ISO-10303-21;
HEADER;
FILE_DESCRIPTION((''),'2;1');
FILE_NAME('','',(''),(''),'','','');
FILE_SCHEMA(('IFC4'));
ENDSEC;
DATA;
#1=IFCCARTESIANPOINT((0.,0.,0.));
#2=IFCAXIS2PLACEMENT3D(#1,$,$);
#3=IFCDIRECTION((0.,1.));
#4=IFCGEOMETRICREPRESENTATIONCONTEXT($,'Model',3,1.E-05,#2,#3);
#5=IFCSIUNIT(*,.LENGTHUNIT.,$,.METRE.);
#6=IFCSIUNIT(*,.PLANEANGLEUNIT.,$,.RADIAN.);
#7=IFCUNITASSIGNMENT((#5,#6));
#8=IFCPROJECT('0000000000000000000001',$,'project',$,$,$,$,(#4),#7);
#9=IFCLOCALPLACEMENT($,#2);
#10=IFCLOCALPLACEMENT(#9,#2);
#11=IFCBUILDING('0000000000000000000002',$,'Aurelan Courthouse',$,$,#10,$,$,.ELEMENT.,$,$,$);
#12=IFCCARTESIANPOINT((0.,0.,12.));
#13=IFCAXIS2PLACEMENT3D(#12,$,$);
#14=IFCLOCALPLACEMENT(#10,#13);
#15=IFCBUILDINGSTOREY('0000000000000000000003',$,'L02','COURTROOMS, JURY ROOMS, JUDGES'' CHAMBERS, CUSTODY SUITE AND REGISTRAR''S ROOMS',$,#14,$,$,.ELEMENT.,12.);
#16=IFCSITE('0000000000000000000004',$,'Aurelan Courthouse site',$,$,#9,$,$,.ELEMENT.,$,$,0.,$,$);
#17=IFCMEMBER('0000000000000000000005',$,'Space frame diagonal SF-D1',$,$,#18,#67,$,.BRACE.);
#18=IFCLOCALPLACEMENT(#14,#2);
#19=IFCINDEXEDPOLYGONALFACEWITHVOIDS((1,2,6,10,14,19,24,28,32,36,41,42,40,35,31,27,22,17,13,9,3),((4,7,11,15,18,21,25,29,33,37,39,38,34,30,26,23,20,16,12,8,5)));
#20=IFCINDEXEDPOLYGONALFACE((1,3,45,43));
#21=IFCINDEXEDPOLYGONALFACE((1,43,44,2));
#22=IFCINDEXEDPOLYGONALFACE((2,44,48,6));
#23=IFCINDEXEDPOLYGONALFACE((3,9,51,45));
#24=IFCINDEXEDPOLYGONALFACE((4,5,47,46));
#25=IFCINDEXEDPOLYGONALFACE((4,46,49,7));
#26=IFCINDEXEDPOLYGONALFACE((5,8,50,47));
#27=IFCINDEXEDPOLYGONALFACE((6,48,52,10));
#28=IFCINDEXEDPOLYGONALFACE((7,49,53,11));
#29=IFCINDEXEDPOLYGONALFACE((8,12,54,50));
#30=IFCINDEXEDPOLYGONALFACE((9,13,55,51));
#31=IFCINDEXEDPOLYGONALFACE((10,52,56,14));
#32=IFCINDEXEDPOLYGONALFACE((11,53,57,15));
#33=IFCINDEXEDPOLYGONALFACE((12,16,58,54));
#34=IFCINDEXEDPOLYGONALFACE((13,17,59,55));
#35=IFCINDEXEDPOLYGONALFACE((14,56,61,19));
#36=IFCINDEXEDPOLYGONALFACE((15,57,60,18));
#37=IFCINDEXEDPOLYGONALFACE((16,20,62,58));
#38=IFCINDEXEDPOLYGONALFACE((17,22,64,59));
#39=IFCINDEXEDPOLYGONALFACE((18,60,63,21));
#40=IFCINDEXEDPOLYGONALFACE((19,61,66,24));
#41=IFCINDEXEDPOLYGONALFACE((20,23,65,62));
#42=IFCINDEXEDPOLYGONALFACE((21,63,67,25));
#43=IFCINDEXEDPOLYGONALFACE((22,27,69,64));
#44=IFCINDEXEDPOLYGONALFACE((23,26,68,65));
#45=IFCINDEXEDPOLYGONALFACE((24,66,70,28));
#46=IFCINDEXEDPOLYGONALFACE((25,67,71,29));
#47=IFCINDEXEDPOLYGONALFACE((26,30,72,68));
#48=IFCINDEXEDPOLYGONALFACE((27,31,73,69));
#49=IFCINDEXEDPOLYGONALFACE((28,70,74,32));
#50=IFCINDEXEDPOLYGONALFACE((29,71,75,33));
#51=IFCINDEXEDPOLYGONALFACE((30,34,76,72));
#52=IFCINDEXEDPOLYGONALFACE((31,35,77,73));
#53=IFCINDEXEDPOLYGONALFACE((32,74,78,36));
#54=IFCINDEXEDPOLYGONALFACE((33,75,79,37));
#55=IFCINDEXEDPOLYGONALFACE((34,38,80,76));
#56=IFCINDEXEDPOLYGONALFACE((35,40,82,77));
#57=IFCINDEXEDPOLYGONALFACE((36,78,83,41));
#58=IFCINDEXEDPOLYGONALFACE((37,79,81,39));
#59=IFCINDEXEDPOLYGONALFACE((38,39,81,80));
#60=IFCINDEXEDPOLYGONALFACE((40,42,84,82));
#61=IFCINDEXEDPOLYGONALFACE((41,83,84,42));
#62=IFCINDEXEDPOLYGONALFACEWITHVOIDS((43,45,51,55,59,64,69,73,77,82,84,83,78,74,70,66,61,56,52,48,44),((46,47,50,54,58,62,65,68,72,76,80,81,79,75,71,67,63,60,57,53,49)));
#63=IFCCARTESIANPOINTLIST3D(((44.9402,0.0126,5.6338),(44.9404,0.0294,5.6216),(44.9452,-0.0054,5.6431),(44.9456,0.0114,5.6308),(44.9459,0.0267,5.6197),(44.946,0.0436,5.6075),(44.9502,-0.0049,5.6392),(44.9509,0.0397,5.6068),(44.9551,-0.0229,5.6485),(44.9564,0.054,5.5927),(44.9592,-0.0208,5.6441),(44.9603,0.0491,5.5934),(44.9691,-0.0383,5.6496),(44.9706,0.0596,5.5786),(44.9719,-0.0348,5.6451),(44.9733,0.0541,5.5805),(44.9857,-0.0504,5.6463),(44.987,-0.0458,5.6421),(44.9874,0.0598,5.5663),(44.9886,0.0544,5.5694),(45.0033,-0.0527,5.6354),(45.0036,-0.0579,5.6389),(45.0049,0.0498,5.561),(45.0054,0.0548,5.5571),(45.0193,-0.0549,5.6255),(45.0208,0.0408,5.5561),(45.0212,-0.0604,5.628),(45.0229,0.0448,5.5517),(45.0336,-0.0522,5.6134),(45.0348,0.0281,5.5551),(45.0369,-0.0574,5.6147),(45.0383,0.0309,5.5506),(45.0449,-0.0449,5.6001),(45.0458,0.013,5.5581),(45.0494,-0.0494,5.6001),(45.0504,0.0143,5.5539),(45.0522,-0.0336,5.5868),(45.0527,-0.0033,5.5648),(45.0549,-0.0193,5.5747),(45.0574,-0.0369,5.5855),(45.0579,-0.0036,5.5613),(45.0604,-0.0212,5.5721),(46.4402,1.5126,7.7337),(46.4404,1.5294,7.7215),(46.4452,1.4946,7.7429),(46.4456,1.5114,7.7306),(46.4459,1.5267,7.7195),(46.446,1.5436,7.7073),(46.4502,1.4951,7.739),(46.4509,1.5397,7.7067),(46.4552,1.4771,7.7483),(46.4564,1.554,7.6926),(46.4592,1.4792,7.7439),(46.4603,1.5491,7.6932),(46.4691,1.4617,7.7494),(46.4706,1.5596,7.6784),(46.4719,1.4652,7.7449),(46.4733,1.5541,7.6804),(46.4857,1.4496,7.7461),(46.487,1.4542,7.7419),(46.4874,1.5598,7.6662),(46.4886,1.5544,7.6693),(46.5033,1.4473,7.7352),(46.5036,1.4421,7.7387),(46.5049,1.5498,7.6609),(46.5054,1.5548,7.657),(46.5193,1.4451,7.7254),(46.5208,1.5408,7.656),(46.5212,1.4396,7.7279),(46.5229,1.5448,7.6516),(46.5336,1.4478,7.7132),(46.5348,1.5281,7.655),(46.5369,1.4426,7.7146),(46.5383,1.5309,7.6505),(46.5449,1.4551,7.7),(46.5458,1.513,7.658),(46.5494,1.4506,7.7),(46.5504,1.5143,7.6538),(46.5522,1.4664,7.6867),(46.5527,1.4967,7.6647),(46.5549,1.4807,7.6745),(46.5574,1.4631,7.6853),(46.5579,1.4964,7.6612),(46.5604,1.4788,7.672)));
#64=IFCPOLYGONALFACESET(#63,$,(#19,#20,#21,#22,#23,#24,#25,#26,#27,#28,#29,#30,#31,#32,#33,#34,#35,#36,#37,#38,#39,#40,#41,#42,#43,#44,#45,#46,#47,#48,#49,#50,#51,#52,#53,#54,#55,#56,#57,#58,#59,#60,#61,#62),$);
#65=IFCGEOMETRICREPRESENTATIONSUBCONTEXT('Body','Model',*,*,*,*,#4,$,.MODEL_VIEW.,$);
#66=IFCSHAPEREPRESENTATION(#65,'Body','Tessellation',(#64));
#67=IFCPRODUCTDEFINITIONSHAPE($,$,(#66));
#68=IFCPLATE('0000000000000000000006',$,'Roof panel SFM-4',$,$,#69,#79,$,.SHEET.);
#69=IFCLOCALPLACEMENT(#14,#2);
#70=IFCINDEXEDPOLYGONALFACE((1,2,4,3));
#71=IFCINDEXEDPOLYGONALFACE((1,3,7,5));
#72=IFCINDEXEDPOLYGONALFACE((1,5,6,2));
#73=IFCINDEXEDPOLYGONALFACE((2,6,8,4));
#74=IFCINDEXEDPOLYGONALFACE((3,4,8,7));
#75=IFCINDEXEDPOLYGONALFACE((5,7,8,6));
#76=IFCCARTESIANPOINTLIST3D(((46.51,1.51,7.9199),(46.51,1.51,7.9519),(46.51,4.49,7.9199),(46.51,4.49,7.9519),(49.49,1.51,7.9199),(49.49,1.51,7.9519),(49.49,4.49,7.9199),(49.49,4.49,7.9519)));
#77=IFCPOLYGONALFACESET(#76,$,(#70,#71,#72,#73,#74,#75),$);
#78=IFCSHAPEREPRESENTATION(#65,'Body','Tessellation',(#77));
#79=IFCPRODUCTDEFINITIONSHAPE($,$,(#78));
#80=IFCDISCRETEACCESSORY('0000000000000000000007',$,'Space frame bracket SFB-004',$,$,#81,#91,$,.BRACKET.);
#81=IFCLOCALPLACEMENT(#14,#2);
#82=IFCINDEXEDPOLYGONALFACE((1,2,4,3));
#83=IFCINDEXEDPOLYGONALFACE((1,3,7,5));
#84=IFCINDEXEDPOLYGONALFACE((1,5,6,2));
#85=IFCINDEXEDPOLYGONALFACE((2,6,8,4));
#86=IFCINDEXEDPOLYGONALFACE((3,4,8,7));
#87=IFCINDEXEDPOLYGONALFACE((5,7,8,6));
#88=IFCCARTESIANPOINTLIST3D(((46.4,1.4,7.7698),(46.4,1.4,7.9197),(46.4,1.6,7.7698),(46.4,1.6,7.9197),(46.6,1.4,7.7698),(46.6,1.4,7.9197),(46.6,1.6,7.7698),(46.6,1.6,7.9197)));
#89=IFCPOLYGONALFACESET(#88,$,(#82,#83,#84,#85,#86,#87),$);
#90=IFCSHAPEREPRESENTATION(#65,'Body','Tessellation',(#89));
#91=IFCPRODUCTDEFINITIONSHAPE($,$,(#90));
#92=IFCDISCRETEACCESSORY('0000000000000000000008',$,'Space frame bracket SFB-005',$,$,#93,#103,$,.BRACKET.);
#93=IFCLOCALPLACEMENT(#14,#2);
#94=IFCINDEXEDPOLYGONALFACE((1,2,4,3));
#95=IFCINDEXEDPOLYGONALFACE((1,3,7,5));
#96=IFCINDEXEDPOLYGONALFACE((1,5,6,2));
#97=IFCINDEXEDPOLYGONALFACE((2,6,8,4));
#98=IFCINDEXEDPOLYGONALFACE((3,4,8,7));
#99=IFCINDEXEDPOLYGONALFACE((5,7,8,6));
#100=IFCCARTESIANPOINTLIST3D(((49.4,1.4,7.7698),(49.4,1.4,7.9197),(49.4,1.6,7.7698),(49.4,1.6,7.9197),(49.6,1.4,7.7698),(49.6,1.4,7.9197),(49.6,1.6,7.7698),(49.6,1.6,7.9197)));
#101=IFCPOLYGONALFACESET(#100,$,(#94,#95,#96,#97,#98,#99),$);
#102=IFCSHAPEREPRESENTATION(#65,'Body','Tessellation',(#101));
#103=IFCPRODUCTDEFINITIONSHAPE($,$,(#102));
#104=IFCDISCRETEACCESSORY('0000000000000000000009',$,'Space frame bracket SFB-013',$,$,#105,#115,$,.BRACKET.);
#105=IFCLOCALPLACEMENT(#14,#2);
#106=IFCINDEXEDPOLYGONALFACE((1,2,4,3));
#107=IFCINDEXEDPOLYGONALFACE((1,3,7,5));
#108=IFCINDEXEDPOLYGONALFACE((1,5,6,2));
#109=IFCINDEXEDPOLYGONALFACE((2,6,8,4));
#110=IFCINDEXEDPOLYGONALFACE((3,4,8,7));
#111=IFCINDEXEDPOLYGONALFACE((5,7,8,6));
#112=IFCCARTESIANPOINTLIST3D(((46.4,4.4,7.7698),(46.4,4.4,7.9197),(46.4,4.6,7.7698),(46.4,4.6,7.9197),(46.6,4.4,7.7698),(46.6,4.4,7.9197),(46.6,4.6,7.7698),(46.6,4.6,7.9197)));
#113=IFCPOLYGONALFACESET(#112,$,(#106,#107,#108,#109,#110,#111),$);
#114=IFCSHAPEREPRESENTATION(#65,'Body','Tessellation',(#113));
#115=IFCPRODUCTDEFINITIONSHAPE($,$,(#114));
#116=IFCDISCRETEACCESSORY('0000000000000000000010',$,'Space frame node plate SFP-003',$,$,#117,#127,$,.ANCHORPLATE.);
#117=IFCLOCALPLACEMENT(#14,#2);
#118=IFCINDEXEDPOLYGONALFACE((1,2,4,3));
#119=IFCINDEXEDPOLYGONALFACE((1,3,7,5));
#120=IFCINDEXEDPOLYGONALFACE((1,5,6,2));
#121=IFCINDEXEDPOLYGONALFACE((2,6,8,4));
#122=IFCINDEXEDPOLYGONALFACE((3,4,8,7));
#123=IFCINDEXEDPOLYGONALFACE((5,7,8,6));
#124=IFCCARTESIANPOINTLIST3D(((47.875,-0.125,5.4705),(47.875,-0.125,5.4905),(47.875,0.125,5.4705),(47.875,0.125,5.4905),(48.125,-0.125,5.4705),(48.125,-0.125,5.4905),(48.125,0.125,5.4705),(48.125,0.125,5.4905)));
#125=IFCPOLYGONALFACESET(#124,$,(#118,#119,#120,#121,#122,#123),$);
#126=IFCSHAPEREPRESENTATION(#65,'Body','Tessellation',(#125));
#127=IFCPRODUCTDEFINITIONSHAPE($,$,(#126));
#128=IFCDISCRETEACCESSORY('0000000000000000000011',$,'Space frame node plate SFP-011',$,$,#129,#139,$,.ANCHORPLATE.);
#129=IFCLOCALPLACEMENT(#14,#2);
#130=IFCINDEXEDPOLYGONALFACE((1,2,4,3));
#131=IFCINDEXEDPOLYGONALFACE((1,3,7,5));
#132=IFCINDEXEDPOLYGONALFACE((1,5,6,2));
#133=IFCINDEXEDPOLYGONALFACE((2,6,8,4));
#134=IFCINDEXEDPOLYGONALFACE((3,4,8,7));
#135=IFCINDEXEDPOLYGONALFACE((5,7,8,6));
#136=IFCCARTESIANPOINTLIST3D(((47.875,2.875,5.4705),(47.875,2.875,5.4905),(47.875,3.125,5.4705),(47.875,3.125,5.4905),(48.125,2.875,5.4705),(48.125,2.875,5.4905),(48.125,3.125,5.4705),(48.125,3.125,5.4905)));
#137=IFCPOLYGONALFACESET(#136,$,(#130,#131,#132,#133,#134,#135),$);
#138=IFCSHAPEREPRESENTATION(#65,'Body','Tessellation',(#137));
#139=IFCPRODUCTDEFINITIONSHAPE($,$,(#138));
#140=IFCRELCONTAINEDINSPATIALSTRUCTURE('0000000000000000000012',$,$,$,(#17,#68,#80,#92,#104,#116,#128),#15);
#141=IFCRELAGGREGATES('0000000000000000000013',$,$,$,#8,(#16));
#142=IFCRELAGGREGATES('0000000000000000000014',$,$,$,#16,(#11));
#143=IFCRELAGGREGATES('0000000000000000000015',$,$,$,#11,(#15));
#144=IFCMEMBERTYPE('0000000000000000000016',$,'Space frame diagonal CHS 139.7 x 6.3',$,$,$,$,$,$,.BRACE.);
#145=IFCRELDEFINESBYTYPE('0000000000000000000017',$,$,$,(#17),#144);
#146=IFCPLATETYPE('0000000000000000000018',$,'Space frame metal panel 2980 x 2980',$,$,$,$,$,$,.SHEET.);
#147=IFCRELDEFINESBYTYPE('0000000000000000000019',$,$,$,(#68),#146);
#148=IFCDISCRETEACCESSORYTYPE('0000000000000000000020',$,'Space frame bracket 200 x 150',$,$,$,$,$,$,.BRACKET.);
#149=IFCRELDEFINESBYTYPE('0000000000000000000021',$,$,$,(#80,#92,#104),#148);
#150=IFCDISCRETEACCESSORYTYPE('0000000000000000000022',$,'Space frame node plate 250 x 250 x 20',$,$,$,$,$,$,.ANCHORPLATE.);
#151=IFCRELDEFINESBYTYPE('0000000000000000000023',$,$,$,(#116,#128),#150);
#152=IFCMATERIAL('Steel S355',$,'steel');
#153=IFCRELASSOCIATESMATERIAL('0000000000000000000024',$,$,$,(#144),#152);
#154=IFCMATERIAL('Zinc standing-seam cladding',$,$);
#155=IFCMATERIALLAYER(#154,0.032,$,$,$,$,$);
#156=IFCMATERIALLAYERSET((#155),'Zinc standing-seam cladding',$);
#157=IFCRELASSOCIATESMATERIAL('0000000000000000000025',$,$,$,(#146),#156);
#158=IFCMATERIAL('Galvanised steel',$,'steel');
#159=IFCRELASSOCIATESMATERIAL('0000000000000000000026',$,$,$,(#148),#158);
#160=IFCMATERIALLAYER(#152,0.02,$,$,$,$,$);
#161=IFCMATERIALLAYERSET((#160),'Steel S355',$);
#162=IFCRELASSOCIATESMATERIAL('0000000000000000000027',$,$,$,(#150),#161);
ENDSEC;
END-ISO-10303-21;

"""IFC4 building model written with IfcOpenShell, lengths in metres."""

from ifc_helpers import new_model, si_unit, direction, frame, origin, origin_2d, place, context, subcontext, project, spatial, rectangle, hollow_circle, extrude, material, layer, layer_set, material_profile, profile_set, type_object, element, save


model = new_model("IFC4")

# Units and contexts
model_context = context("Model", 3, precision=1e-05, world=origin(), true_north=direction((0.0, 1.0)))
body_context = subcontext(model_context, "Body", "Model", "MODEL_VIEW")
ifc_project = project(units=[si_unit("LENGTHUNIT", "METRE"), si_unit("PLANEANGLEUNIT", "RADIAN")], contexts=[model_context])

# Site, building, storey
site_placement = place(None, origin())
site = spatial("IfcSite", under=ifc_project, at=site_placement, Name="Aurelan Courthouse site", CompositionType="ELEMENT", RefElevation=0.0)
building_placement = place(site_placement, origin())
building = spatial("IfcBuilding", under=site, at=building_placement, Name="Aurelan Courthouse", CompositionType="ELEMENT")
storey_placement = place(building_placement, frame((0.0, 0.0, 12.0)))
storey = spatial("IfcBuildingStorey", under=building, at=storey_placement, Name="L02", Description="COURTROOMS, JURY ROOMS, JUDGES' CHAMBERS, CUSTODY SUITE AND REGISTRAR'S ROOMS", CompositionType="ELEMENT", Elevation=12.0)

# Member
ifc_material_1 = material(Name="Steel S355", Category="steel")
ifc_material_profile_1 = material_profile(ifc_material_1, hollow_circle(Radius=0.0698, WallThickness=0.0063, at=origin_2d()), Name="CHS 139.7 x 6.3")
ifc_profile_set_1 = profile_set([ifc_material_profile_1], Name="Steel S355")
member_type_1 = type_object("IfcMemberType", Name="Space frame diagonal CHS 139.7 x 6.3", PredefinedType="BRACE", material=ifc_profile_set_1)
member_placement = place(storey_placement, frame((46.5, 1.5, 7.7), z_axis=(-0.502536, -0.502536, -0.703502), x_axis=(0.707107, -0.707107, 0.0)))
element("IfcMember", 1, at=member_placement, inside=storey, type_object=member_type_1, Name="Space frame diagonal SF-D1", PredefinedType="BRACE", context=body_context, shape_type="SweptSolid", body=[
    extrude(hollow_circle(Radius=0.0698, WallThickness=0.0063, at=origin_2d()), origin(), (0.0, 0.0, 1.0), 2.9849),
])

# Plate
ifc_material_2 = material(Name="Zinc standing-seam cladding")
ifc_layer_1 = layer(ifc_material_2, 0.032)
ifc_layer_set_1 = layer_set([ifc_layer_1], Name="Zinc standing-seam cladding")
plate_type = type_object("IfcPlateType", Name="Space frame metal panel 2980 x 2980", PredefinedType="SHEET", material=ifc_layer_set_1)
plate_placement = place(storey_placement, frame((48.0, 3.0, 7.9199), z_axis=(0.0, 0.0, 1.0), x_axis=(1.0, 0.0, 0.0)))
element("IfcPlate", 2, at=plate_placement, inside=storey, type_object=plate_type, Name="Roof panel SFM-4", PredefinedType="SHEET", context=body_context, shape_type="SweptSolid", body=[
    extrude(rectangle(XDim=2.98, YDim=2.98, at=origin_2d()), origin(), (0.0, 0.0, 1.0), 0.032),
])

# Discrete accessories
ifc_material_3 = material(Name="Galvanised steel", Category="steel")
discrete_accessory_type_1 = type_object("IfcDiscreteAccessoryType", Name="Space frame bracket 200 x 150", PredefinedType="BRACKET", material=ifc_material_3)
for number, where, z_axis, x_axis, name in (
    (3, (46.5, 1.5, 7.7698), (0.0, 0.0, 1.0), (1.0, 0.0, 0.0), "Space frame bracket SFB-004"),
    (4, (49.5, 1.5, 7.7698), (0.0, 0.0, 1.0), (1.0, 0.0, 0.0), "Space frame bracket SFB-005"),
    (5, (46.5, 4.5, 7.7698), (0.0, 0.0, 1.0), (1.0, 0.0, 0.0), "Space frame bracket SFB-013"),
):
    element("IfcDiscreteAccessory", number, at=place(storey_placement, frame(where, z_axis=z_axis, x_axis=x_axis)), inside=storey, type_object=discrete_accessory_type_1, Name=name, PredefinedType="BRACKET", context=body_context, shape_type="SweptSolid", body=[
        extrude(rectangle(XDim=0.2, YDim=0.2, at=origin_2d()), origin(), (0.0, 0.0, 1.0), 0.1499),
    ])
ifc_layer_2 = layer(ifc_material_1, 0.02)
ifc_layer_set_2 = layer_set([ifc_layer_2], Name="Steel S355")
discrete_accessory_type_2 = type_object("IfcDiscreteAccessoryType", Name="Space frame node plate 250 x 250 x 20", PredefinedType="ANCHORPLATE", material=ifc_layer_set_2)
for number, where, z_axis, x_axis, name in (
    (6, (48.0, 0.0, 5.4705), (0.0, 0.0, 1.0), (1.0, 0.0, 0.0), "Space frame node plate SFP-003"),
    (7, (48.0, 3.0, 5.4705), (0.0, 0.0, 1.0), (1.0, 0.0, 0.0), "Space frame node plate SFP-011"),
):
    element("IfcDiscreteAccessory", number, at=place(storey_placement, frame(where, z_axis=z_axis, x_axis=x_axis)), inside=storey, type_object=discrete_accessory_type_2, Name=name, PredefinedType="ANCHORPLATE", context=body_context, shape_type="SweptSolid", body=[
        extrude(rectangle(XDim=0.25, YDim=0.25, at=origin_2d()), origin(), (0.0, 0.0, 1.0), 0.02),
    ])

save(model, "model.ifc")
